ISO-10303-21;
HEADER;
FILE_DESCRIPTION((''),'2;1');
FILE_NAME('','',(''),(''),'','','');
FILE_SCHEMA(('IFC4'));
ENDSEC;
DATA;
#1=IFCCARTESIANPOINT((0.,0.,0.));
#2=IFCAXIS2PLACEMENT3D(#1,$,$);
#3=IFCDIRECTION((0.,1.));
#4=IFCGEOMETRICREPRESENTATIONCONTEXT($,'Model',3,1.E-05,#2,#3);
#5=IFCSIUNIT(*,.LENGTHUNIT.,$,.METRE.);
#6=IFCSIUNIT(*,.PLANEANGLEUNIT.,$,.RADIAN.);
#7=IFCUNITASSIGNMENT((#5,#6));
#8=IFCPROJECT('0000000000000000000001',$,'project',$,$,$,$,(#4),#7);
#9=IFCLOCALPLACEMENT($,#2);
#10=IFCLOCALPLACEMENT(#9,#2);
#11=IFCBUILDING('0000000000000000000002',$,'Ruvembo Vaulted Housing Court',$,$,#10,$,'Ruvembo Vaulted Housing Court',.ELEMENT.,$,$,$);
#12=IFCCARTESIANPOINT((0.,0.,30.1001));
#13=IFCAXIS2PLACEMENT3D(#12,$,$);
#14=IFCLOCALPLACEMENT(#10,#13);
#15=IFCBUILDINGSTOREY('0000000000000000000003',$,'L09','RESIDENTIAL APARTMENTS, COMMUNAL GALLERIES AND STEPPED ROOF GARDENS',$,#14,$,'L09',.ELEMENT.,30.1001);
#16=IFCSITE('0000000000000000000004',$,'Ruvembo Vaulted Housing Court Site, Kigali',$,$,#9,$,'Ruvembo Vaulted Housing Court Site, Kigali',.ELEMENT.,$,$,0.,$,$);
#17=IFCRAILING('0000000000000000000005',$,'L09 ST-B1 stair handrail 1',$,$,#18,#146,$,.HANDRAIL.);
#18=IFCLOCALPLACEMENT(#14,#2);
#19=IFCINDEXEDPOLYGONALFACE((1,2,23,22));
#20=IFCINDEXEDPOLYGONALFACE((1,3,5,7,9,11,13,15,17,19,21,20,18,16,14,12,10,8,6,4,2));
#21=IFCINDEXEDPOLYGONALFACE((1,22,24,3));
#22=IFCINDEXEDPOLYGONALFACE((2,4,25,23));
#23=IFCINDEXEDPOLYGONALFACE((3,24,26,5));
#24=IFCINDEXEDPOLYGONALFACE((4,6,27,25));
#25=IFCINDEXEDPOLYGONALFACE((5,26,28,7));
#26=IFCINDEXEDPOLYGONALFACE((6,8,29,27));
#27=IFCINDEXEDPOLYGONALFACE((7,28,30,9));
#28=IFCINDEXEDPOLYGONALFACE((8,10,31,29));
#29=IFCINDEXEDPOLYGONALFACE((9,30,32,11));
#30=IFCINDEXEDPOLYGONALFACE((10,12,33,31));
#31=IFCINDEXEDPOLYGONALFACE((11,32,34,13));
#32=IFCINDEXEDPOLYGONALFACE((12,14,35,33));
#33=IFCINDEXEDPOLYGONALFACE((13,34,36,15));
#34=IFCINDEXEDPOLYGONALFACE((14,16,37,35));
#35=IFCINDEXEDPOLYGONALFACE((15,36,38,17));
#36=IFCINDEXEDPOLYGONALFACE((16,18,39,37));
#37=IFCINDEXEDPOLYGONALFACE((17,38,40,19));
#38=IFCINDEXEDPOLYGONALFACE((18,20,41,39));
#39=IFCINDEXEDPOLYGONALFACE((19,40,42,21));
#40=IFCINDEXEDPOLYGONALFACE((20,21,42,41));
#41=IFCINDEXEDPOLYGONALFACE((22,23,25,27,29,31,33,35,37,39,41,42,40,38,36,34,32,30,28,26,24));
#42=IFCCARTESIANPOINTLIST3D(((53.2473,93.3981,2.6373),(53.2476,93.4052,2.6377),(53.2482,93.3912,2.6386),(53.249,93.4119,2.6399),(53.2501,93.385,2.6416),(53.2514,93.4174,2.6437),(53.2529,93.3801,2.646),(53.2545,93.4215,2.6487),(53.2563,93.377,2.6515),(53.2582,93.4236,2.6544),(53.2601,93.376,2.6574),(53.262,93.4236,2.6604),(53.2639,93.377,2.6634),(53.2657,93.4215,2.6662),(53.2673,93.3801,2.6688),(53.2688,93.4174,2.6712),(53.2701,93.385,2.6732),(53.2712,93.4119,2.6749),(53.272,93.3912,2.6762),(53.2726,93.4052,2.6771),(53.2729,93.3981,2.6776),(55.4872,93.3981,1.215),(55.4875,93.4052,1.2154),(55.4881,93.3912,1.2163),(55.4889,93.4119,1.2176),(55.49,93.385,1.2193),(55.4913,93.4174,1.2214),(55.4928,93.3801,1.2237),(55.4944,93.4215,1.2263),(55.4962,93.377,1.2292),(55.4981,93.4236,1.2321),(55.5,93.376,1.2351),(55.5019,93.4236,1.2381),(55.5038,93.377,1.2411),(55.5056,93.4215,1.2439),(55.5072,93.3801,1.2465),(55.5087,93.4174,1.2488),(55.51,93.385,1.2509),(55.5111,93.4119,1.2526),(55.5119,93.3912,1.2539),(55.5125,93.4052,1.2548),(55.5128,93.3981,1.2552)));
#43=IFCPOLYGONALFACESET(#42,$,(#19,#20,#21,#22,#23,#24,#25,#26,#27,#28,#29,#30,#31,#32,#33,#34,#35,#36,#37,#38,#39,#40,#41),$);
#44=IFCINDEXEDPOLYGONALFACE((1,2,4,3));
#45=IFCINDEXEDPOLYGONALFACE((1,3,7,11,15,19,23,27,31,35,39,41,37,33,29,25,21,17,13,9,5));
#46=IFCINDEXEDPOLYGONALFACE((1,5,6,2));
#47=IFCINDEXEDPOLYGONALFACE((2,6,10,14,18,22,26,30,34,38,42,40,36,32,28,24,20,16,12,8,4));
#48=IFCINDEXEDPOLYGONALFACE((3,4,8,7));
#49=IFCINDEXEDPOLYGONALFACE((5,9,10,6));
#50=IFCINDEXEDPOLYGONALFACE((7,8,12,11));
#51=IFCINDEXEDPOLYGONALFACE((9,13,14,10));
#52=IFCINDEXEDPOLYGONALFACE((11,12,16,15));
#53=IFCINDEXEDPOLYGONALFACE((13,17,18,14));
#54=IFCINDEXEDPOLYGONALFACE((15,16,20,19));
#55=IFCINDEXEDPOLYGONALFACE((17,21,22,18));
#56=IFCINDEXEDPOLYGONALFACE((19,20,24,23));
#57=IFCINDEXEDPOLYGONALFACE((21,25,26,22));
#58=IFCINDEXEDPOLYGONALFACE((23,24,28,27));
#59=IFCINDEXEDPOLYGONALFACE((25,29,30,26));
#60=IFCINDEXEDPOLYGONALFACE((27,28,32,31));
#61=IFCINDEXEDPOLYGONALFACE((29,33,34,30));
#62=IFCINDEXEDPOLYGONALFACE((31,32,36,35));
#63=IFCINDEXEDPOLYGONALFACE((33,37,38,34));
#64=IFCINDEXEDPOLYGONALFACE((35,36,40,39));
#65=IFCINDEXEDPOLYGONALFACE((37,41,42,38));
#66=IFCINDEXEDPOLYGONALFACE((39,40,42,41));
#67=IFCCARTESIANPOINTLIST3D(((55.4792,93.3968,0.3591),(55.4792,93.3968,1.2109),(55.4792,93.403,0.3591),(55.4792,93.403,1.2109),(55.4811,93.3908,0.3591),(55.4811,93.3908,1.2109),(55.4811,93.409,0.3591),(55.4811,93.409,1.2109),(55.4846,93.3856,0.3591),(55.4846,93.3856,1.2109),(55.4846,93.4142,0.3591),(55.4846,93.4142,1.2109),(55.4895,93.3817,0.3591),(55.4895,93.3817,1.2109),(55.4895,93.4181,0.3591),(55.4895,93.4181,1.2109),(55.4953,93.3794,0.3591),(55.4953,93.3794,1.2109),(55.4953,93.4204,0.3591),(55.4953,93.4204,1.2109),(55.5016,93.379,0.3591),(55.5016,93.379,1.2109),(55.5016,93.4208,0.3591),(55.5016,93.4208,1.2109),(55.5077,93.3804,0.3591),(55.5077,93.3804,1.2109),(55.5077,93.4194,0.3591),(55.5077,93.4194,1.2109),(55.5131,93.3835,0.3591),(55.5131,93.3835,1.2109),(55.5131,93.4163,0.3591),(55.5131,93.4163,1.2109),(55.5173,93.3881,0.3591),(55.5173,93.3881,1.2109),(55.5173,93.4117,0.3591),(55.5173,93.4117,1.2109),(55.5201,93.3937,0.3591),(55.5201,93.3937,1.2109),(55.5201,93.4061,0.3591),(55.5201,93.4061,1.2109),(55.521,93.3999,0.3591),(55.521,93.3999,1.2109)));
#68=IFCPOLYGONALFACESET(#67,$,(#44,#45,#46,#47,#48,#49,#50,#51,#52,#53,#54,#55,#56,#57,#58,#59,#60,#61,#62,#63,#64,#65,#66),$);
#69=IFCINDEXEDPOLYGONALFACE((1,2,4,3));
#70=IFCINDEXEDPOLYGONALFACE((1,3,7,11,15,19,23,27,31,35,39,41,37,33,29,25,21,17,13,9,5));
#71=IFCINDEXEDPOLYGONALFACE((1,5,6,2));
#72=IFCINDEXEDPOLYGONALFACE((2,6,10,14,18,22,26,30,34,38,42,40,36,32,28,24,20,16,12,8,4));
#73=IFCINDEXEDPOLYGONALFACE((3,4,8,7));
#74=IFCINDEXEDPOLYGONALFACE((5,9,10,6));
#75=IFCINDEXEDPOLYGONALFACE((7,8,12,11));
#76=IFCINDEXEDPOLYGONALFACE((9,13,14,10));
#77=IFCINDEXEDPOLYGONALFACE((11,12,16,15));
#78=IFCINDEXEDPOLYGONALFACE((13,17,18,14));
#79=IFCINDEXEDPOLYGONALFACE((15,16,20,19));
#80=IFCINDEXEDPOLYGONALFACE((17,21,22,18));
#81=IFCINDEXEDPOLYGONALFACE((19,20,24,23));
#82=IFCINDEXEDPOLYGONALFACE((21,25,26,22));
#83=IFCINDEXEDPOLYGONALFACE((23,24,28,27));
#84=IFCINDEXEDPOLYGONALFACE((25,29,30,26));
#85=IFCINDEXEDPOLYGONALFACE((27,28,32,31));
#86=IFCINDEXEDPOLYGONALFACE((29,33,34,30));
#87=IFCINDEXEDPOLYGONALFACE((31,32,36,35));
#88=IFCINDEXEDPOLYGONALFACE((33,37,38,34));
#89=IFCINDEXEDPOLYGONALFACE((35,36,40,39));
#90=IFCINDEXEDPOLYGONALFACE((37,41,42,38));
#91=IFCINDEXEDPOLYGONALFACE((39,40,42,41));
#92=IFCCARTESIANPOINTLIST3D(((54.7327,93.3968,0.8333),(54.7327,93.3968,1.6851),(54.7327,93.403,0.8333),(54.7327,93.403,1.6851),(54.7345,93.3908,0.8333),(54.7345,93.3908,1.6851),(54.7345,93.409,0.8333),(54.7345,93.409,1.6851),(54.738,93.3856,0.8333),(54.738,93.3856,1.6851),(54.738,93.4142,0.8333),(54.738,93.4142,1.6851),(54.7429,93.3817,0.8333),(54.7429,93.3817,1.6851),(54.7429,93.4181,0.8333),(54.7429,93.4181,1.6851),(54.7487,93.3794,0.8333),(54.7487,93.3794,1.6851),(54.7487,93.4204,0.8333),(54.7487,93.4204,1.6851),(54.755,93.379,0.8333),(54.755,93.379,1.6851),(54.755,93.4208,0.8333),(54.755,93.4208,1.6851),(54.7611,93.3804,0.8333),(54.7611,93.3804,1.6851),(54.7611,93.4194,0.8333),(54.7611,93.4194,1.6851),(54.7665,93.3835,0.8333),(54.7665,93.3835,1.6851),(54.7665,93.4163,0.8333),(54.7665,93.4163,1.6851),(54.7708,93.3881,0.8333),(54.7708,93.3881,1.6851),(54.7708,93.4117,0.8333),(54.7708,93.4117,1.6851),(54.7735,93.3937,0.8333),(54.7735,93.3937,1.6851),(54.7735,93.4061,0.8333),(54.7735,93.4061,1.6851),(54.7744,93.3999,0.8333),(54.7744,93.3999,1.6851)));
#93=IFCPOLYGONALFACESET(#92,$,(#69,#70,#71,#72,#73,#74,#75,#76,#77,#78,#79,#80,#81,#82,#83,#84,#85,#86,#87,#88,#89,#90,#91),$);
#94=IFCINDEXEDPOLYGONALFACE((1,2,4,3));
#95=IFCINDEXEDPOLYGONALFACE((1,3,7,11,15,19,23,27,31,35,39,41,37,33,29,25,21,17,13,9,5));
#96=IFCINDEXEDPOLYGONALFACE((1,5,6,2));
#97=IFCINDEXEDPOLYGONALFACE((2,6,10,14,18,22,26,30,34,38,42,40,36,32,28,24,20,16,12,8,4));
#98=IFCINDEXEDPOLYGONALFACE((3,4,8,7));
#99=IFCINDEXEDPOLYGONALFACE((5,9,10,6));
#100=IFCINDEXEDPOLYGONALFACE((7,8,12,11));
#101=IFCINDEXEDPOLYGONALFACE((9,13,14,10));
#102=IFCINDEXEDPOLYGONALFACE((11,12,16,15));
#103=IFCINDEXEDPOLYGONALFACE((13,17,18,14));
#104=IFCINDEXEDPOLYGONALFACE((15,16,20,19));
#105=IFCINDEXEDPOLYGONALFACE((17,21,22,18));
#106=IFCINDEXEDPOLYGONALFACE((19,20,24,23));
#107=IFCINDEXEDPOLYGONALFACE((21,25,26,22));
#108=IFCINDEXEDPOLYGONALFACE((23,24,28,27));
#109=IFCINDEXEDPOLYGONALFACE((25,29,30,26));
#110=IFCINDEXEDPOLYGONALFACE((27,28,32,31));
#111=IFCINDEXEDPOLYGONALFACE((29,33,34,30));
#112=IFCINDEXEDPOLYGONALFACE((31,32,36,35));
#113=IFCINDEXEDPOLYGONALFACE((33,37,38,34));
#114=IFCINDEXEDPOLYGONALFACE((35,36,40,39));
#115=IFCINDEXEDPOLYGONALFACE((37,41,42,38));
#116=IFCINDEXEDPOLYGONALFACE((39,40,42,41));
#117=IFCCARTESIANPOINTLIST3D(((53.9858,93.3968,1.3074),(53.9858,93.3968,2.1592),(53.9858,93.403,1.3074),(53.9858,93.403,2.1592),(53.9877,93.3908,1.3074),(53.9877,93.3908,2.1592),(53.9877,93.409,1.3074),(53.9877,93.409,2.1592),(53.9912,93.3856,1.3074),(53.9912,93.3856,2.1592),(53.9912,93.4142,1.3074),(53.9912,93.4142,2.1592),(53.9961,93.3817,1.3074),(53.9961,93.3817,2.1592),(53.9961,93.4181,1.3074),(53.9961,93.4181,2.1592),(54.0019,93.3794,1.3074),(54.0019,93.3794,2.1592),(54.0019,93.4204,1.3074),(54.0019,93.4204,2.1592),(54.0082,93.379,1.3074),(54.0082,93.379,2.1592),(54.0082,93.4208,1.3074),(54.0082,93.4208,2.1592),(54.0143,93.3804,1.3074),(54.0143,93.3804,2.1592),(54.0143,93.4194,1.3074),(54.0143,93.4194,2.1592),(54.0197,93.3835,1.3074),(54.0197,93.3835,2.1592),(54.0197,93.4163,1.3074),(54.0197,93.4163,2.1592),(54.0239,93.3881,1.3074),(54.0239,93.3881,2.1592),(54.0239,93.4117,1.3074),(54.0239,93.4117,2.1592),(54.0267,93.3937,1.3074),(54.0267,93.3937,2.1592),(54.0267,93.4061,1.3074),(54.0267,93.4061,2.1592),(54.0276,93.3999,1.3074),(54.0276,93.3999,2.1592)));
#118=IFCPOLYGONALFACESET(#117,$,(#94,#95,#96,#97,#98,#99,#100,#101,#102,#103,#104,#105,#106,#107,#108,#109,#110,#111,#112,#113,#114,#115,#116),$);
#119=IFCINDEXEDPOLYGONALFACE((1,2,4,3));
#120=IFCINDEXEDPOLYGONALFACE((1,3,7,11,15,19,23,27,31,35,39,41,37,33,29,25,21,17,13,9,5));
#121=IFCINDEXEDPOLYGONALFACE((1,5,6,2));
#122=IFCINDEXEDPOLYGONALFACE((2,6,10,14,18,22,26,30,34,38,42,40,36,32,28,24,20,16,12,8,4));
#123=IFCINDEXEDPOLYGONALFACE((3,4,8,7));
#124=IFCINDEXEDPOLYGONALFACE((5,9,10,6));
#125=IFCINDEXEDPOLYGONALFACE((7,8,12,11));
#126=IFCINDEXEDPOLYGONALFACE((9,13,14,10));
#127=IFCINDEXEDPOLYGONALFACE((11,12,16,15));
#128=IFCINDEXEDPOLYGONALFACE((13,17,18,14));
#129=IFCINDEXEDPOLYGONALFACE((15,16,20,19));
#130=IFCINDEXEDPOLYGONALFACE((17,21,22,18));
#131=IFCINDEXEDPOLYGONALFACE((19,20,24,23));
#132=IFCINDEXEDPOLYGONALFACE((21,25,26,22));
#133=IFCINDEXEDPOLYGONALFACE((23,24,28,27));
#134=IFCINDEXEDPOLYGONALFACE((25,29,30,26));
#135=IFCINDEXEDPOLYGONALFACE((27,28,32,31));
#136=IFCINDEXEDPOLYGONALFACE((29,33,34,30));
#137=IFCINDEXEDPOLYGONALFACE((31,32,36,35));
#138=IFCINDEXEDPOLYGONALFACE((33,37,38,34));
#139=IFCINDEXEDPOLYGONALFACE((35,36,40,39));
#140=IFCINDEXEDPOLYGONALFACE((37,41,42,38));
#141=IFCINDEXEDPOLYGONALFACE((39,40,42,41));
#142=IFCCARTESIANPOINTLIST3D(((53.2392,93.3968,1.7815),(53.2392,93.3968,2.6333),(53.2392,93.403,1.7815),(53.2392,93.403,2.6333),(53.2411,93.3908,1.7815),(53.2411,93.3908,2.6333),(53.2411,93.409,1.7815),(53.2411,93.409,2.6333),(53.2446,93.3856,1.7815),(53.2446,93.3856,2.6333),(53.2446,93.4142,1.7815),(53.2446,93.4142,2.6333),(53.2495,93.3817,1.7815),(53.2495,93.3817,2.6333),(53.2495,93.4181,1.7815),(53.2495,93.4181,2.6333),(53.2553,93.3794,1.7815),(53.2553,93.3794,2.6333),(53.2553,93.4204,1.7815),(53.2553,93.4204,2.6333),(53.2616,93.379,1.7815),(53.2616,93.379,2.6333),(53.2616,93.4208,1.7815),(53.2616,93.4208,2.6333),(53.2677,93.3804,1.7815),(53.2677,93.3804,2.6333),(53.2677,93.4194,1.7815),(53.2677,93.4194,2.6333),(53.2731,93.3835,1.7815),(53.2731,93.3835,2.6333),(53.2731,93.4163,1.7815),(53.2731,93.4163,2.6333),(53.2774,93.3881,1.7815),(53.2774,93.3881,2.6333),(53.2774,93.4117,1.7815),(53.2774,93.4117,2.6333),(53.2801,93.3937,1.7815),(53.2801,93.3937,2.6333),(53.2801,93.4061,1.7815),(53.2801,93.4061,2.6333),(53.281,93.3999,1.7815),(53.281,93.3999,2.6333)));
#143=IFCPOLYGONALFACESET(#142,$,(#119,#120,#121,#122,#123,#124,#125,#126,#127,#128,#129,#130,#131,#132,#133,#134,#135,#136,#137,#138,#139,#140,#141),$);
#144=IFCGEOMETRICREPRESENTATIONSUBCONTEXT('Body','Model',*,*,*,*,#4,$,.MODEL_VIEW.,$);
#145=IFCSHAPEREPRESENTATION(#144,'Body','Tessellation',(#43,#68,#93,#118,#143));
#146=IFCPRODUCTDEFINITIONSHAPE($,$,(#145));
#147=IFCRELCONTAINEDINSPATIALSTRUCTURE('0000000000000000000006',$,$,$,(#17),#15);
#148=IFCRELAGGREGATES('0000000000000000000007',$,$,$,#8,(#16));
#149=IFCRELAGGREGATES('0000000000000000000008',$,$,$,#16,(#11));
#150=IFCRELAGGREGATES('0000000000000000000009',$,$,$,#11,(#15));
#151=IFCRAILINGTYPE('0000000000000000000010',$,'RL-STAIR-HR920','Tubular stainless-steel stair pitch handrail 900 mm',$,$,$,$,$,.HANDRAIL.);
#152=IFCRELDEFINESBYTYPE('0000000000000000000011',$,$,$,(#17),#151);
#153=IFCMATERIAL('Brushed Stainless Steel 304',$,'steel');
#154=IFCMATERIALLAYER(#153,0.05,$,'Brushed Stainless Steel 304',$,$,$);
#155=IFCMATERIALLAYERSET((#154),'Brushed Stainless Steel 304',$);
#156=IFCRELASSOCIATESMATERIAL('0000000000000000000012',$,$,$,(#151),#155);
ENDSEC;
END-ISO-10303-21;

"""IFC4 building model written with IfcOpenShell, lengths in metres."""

from ifc_helpers import new_model, si_unit, direction, frame, origin, origin_2d, place, context, subcontext, project, spatial, circle, extrude, material, layer, layer_set, type_object, element, save


model = new_model("IFC4")

# Units and contexts
model_context = context("Model", 3, precision=1e-05, world=origin(), true_north=direction((0.0, 1.0)))
body_context = subcontext(model_context, "Body", "Model", "MODEL_VIEW")
ifc_project = project(units=[si_unit("LENGTHUNIT", "METRE"), si_unit("PLANEANGLEUNIT", "RADIAN")], contexts=[model_context])

# Site, building, storey
site_placement = place(None, origin())
site = spatial("IfcSite", under=ifc_project, at=site_placement, Name="Ruvembo Vaulted Housing Court Site, Kigali", LongName="Ruvembo Vaulted Housing Court Site, Kigali", CompositionType="ELEMENT", RefElevation=0.0)
building_placement = place(site_placement, origin())
building = spatial("IfcBuilding", under=site, at=building_placement, Name="Ruvembo Vaulted Housing Court", LongName="Ruvembo Vaulted Housing Court", CompositionType="ELEMENT")
storey_placement = place(building_placement, frame((0.0, 0.0, 30.1001)))
storey = spatial("IfcBuildingStorey", under=building, at=storey_placement, Name="L09", Description="RESIDENTIAL APARTMENTS, COMMUNAL GALLERIES AND STEPPED ROOF GARDENS", LongName="L09", CompositionType="ELEMENT", Elevation=30.1001)

# Shared definitions
ifc_material_1 = material(Name="Brushed Stainless Steel 304", Category="steel")

# Railing
ifc_layer_1 = layer(ifc_material_1, 0.05, Name="Brushed Stainless Steel 304")
ifc_layer_set_1 = layer_set([ifc_layer_1], Name="Brushed Stainless Steel 304")
railing_type_1 = type_object("IfcRailingType", Name="RL-STAIR-HR920", Description="Tubular stainless-steel stair pitch handrail 900 mm", PredefinedType="HANDRAIL", material=ifc_layer_set_1)
railing_1_placement = place(storey_placement, frame((55.5, 93.3999, 0.3591)))
element("IfcRailing", 1, at=railing_1_placement, inside=storey, type_object=railing_type_1, Name="L09 ST-B1 stair handrail 1", PredefinedType="HANDRAIL", context=body_context, shape_type="SweptSolid", body=[
    extrude(circle(Radius=0.0239, at=origin_2d()), frame((0.0, 0.0, 0.876), z_axis=(-0.844188, 0.0, 0.536048), x_axis=(0.0, -1.0, 0.0)), (0.0, 0.0, 1.0), 2.6533),
    extrude(circle(Radius=0.021, at=origin_2d()), origin(), (0.0, 0.0, 1.0), 0.8518),
    extrude(circle(Radius=0.021, at=origin_2d()), frame((-0.7466, 0.0, 0.4741)), (0.0, 0.0, 1.0), 0.8518),
    extrude(circle(Radius=0.021, at=origin_2d()), frame((-1.4934, 0.0, 0.9482)), (0.0, 0.0, 1.0), 0.8518),
    extrude(circle(Radius=0.021, at=origin_2d()), frame((-2.24, 0.0, 1.4224)), (0.0, 0.0, 1.0), 0.8518),
])

save(model, "model.ifc")
